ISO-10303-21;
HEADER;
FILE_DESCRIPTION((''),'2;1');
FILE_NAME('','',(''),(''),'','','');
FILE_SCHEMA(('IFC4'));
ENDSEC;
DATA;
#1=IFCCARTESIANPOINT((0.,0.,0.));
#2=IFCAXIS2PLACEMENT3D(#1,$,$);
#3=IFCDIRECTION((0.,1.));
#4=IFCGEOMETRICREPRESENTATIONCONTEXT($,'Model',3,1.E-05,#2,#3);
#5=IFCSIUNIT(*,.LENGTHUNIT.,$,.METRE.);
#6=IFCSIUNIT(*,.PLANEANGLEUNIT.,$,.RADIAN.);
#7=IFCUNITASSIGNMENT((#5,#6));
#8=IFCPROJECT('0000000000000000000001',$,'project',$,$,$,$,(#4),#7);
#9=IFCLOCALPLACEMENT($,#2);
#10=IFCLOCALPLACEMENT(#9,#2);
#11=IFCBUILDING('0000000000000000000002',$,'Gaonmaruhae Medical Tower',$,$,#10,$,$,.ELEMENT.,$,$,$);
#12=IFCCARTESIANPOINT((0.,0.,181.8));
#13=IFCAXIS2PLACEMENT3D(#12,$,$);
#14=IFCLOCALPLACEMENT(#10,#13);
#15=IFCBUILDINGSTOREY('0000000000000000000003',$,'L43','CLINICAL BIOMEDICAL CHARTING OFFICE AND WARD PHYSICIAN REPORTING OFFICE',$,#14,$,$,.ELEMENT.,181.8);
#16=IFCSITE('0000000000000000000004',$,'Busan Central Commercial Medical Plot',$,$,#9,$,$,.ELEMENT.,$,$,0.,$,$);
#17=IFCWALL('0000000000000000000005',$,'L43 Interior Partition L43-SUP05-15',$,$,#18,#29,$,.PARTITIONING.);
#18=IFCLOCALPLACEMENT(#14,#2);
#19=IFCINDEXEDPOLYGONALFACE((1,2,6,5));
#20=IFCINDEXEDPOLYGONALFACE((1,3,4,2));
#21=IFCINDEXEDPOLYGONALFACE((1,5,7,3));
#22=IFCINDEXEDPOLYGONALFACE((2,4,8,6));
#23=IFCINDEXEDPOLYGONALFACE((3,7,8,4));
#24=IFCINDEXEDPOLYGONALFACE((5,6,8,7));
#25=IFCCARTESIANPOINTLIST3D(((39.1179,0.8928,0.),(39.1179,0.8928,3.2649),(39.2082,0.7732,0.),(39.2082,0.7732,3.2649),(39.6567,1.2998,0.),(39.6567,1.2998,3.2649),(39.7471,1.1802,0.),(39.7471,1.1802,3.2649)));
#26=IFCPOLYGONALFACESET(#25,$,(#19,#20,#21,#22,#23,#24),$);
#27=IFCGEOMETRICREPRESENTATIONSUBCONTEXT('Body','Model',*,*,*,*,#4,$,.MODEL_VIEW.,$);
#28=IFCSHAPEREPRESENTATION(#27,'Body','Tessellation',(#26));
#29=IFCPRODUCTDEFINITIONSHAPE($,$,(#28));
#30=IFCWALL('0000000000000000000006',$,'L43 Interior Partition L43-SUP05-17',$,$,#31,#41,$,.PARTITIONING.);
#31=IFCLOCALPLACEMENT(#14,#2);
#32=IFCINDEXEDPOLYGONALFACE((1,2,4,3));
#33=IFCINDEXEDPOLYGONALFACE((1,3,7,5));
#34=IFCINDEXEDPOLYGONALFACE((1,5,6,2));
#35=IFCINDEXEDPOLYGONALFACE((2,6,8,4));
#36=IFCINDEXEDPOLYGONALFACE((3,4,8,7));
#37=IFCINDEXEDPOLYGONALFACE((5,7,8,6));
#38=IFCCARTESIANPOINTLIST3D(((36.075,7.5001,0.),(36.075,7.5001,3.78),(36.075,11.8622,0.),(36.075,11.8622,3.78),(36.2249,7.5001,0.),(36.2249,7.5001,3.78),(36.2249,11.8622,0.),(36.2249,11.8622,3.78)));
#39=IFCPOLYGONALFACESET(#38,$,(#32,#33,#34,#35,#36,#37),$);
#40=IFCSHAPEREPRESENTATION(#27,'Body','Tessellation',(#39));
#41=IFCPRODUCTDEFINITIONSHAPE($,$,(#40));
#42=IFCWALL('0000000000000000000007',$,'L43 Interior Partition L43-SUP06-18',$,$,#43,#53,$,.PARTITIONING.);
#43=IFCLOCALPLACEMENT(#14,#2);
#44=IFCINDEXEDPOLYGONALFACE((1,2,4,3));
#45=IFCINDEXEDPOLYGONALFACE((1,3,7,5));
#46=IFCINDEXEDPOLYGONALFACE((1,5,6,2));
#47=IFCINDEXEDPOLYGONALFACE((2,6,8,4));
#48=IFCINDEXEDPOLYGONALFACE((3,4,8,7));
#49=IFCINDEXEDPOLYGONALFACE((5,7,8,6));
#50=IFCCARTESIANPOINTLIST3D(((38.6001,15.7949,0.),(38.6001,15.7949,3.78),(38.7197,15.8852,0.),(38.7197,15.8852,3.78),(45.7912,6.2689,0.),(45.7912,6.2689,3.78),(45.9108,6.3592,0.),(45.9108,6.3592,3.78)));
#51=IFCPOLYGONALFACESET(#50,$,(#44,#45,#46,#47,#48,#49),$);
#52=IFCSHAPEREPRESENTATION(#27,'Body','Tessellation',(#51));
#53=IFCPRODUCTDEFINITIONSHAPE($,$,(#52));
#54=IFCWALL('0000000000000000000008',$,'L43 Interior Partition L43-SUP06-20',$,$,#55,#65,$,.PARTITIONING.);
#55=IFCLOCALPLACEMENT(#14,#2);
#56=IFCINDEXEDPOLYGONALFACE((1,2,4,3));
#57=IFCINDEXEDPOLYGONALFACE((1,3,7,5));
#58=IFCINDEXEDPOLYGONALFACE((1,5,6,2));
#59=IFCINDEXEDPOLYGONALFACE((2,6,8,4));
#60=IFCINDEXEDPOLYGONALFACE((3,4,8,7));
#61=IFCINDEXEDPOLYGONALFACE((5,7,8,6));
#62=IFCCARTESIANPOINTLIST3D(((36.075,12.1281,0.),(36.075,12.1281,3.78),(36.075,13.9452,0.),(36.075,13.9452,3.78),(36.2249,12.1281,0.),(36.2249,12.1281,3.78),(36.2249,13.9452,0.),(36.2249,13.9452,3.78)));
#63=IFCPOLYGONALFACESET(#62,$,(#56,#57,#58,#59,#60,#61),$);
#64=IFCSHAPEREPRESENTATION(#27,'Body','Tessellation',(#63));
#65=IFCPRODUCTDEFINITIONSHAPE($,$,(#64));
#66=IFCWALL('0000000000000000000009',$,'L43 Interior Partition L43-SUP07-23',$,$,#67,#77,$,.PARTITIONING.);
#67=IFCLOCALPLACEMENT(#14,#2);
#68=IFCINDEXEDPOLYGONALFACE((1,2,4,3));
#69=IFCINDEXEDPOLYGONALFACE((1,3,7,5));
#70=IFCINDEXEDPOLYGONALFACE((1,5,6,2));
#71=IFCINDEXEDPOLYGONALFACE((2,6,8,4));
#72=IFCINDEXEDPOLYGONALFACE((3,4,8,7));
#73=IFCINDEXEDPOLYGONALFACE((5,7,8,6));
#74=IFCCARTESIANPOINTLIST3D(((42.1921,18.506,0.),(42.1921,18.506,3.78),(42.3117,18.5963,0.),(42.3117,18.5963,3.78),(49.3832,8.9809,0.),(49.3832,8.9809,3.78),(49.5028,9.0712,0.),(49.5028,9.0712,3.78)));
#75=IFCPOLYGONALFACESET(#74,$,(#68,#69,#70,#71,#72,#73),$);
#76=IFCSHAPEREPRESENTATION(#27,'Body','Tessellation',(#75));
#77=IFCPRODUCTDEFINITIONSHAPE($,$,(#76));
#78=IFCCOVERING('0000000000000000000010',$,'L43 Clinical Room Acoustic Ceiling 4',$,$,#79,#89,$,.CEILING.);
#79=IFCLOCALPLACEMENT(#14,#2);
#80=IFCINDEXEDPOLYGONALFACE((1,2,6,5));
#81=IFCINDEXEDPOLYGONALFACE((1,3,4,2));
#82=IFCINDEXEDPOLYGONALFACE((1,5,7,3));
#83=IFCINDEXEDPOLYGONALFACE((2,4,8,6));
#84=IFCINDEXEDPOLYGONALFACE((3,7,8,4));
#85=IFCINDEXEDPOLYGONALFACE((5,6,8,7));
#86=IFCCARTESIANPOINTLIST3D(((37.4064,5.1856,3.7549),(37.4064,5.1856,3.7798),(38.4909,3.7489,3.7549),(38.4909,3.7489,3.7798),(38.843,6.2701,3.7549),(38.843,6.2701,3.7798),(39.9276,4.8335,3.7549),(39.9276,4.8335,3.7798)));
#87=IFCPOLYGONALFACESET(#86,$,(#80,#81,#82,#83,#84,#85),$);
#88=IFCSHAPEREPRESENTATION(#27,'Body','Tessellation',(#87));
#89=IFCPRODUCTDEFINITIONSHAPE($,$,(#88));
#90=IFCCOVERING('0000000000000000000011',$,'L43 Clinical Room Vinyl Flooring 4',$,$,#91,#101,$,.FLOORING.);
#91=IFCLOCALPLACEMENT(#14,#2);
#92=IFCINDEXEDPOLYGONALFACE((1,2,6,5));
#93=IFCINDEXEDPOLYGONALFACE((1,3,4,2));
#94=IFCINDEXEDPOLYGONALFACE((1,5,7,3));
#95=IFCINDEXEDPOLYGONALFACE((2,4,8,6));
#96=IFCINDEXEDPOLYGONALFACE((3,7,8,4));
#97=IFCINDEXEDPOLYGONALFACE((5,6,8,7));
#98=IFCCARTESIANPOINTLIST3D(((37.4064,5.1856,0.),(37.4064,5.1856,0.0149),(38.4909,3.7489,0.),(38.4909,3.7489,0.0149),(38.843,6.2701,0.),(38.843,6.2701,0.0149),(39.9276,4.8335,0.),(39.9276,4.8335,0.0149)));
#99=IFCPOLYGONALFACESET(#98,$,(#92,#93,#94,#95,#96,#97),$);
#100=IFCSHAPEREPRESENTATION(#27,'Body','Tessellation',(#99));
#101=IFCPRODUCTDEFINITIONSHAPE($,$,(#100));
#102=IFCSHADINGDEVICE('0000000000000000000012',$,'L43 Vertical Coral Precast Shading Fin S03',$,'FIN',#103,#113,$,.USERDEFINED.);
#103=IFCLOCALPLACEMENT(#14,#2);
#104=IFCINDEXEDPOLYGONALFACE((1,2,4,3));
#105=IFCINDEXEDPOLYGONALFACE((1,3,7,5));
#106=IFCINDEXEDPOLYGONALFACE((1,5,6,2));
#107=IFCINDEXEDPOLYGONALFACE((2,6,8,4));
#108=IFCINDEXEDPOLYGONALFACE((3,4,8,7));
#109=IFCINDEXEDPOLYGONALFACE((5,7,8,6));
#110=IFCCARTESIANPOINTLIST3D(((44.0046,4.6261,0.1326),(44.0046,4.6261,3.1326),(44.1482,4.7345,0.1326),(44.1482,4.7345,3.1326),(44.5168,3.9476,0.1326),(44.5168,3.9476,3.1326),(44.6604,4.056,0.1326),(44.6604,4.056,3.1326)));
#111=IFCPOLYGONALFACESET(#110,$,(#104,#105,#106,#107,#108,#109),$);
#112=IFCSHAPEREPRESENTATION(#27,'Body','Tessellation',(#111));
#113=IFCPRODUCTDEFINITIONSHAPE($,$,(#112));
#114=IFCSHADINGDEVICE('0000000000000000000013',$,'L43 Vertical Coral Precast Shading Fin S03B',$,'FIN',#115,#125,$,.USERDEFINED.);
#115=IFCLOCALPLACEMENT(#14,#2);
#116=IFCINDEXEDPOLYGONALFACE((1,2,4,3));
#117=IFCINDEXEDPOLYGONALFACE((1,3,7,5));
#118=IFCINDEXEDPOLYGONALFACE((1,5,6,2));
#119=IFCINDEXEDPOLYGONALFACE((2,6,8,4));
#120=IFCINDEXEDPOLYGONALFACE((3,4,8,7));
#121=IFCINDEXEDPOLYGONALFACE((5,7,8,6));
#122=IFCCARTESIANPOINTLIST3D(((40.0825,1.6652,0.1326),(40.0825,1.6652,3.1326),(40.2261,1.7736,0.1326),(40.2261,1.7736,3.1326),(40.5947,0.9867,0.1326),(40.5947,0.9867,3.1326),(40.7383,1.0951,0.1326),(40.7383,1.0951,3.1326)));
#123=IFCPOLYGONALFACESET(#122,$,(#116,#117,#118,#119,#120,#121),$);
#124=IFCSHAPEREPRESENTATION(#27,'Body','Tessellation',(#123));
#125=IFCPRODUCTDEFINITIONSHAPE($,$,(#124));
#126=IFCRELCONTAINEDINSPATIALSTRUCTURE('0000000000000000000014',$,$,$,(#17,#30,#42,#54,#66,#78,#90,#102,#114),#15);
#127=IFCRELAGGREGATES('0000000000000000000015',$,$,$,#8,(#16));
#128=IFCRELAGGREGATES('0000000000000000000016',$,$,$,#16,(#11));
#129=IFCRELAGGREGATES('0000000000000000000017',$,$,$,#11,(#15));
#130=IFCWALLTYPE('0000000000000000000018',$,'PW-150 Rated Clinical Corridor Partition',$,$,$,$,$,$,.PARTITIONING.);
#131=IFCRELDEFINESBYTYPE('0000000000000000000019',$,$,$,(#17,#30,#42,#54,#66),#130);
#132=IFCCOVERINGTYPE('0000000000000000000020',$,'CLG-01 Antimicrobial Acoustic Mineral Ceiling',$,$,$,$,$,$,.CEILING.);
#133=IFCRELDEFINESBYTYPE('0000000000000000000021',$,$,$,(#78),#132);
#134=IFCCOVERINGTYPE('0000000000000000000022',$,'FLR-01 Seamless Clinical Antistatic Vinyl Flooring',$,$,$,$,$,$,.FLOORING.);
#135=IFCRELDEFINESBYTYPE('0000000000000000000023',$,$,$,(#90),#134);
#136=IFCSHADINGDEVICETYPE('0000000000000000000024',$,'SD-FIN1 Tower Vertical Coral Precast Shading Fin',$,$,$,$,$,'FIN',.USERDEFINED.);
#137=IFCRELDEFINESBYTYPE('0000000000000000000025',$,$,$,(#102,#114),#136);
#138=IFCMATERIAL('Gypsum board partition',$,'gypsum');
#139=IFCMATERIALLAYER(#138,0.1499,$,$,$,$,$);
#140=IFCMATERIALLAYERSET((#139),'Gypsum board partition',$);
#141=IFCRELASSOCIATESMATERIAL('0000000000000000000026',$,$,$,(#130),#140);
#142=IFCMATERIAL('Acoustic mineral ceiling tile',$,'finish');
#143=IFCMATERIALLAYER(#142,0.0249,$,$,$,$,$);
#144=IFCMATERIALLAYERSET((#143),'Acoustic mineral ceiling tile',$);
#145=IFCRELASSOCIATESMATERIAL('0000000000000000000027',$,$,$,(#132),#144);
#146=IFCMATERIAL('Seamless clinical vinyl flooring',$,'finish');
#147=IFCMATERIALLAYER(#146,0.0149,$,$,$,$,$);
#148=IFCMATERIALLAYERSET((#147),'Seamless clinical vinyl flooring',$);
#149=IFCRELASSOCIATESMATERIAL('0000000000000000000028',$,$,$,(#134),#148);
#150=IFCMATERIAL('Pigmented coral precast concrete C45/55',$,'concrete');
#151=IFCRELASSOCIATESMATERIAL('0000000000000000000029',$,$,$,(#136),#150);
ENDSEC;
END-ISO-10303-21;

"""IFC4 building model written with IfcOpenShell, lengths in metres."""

from ifc_helpers import new_model, si_unit, direction, frame, frame_2d, origin, origin_2d, place, context, subcontext, project, spatial, rectangle, extrude, material, layer, layer_set, type_object, element, save


model = new_model("IFC4")

# Units and contexts
model_context = context("Model", 3, precision=1e-05, world=origin(), true_north=direction((0.0, 1.0)))
body_context = subcontext(model_context, "Body", "Model", "MODEL_VIEW")
ifc_project = project(units=[si_unit("LENGTHUNIT", "METRE"), si_unit("PLANEANGLEUNIT", "RADIAN")], contexts=[model_context])

# Site, building, storey
site_placement = place(None, origin())
site = spatial("IfcSite", under=ifc_project, at=site_placement, Name="Busan Central Commercial Medical Plot", CompositionType="ELEMENT", RefElevation=0.0)
building_placement = place(site_placement, origin())
building = spatial("IfcBuilding", under=site, at=building_placement, Name="Gaonmaruhae Medical Tower", CompositionType="ELEMENT")
storey_placement = place(building_placement, frame((0.0, 0.0, 181.8)))
storey = spatial("IfcBuildingStorey", under=building, at=storey_placement, Name="L43", Description="CLINICAL BIOMEDICAL CHARTING OFFICE AND WARD PHYSICIAN REPORTING OFFICE", CompositionType="ELEMENT", Elevation=181.8)

# Shared definitions
ifc_material_1 = material(Name="Gypsum board partition", Category="gypsum")
ifc_layer_1 = layer(ifc_material_1, 0.1499)
ifc_layer_set_1 = layer_set([ifc_layer_1], Name="Gypsum board partition")
wall_type_1 = type_object("IfcWallType", Name="PW-150 Rated Clinical Corridor Partition", PredefinedType="PARTITIONING", material=ifc_layer_set_1)

# Walls
wall_1_placement = place(storey_placement, frame((39.7019, 1.24, 0.0), z_axis=(0.0, 0.0, 1.0), x_axis=(-0.797956, -0.602715, 0.0)))
element("IfcWall", 1, at=wall_1_placement, inside=storey, type_object=wall_type_1, Name="L43 Interior Partition L43-SUP05-15", PredefinedType="PARTITIONING", context=body_context, shape_type="SweptSolid", body=[
    extrude(rectangle(XDim=0.6753, YDim=0.1499, at=frame_2d((0.3376, 0.0))), origin(), (0.0, 0.0, 1.0), 3.2649),
])
wall_2_placement = place(storey_placement, frame((36.1499, 7.5, 0.0), z_axis=(0.0, 0.0, 1.0), x_axis=(0.0, 1.0, 0.0)))
element("IfcWall", 2, at=wall_2_placement, inside=storey, type_object=wall_type_1, Name="L43 Interior Partition L43-SUP05-17", PredefinedType="PARTITIONING", context=body_context, shape_type="SweptSolid", body=[
    extrude(rectangle(XDim=4.3621, YDim=0.1499, at=frame_2d((2.1812, 0.0))), origin(), (0.0, 0.0, 1.0), 3.78),
])
wall_3_placement = place(storey_placement, frame((38.6599, 15.8401, 0.0), z_axis=(0.0, 0.0, 1.0), x_axis=(0.602494, -0.798123, 0.0)))
element("IfcWall", 3, at=wall_3_placement, inside=storey, type_object=wall_type_1, Name="L43 Interior Partition L43-SUP06-18", PredefinedType="PARTITIONING", context=body_context, shape_type="SweptSolid", body=[
    extrude(rectangle(XDim=11.9355, YDim=0.1499, at=frame_2d((5.9678, 0.0))), origin(), (0.0, 0.0, 1.0), 3.78),
])
wall_4_placement = place(storey_placement, frame((36.1499, 12.1279, 0.0), z_axis=(0.0, 0.0, 1.0), x_axis=(0.0, 1.0, 0.0)))
element("IfcWall", 4, at=wall_4_placement, inside=storey, type_object=wall_type_1, Name="L43 Interior Partition L43-SUP06-20", PredefinedType="PARTITIONING", context=body_context, shape_type="SweptSolid", body=[
    extrude(rectangle(XDim=1.8171, YDim=0.1499, at=frame_2d((0.9087, 0.0))), origin(), (0.0, 0.0, 1.0), 3.78),
])

# Wall
wall_5_placement = place(storey_placement, frame((42.252, 18.551, 0.0), z_axis=(0.0, 0.0, 1.0), x_axis=(0.602534, -0.798094, 0.0)))
element("IfcWall", 5, at=wall_5_placement, inside=storey, type_object=wall_type_1, Name="L43 Interior Partition L43-SUP07-23", PredefinedType="PARTITIONING", context=body_context, shape_type="SweptSolid", body=[
    extrude(rectangle(XDim=11.9348, YDim=0.1499, at=frame_2d((5.9673, 0.0))), origin(), (0.0, 0.0, 1.0), 3.78),
])

# Coverings
ifc_material_2 = material(Name="Acoustic mineral ceiling tile", Category="finish")
ifc_layer_2 = layer(ifc_material_2, 0.0249)
ifc_layer_set_2 = layer_set([ifc_layer_2], Name="Acoustic mineral ceiling tile")
covering_type_1 = type_object("IfcCoveringType", Name="CLG-01 Antimicrobial Acoustic Mineral Ceiling", PredefinedType="CEILING", material=ifc_layer_set_2)
covering_1_placement = place(storey_placement, frame((38.667, 5.0095, 3.7549), z_axis=(0.0, 0.0, 1.0), x_axis=(0.79811, 0.602512, 0.0)))
element("IfcCovering", 6, at=covering_1_placement, inside=storey, type_object=covering_type_1, Name="L43 Clinical Room Acoustic Ceiling 4", PredefinedType="CEILING", context=body_context, shape_type="SweptSolid", body=[
    extrude(rectangle(XDim=1.8, YDim=1.8, at=origin_2d()), origin(), (0.0, 0.0, 1.0), 0.0249),
])
ifc_material_3 = material(Name="Seamless clinical vinyl flooring", Category="finish")
ifc_layer_3 = layer(ifc_material_3, 0.0149)
ifc_layer_set_3 = layer_set([ifc_layer_3], Name="Seamless clinical vinyl flooring")
covering_type_2 = type_object("IfcCoveringType", Name="FLR-01 Seamless Clinical Antistatic Vinyl Flooring", PredefinedType="FLOORING", material=ifc_layer_set_3)
covering_2_placement = place(storey_placement, frame((38.667, 5.0095, 0.0), z_axis=(0.0, 0.0, 1.0), x_axis=(0.79811, 0.602512, 0.0)))
element("IfcCovering", 7, at=covering_2_placement, inside=storey, type_object=covering_type_2, Name="L43 Clinical Room Vinyl Flooring 4", PredefinedType="FLOORING", context=body_context, shape_type="SweptSolid", body=[
    extrude(rectangle(XDim=1.8, YDim=1.8, at=origin_2d()), origin(), (0.0, 0.0, 1.0), 0.0149),
])

# Shading devices
ifc_material_4 = material(Name="Pigmented coral precast concrete C45/55", Category="concrete")
shading_device_type = type_object("IfcShadingDeviceType", Name="SD-FIN1 Tower Vertical Coral Precast Shading Fin", ElementType="FIN", PredefinedType="USERDEFINED", material=ifc_material_4)
for number, where, z_axis, x_axis, name in (
    (8, (44.3325, 4.3411, 0.1326), (0.0, 0.0, 1.0), (-0.79811, -0.602512, 0.0), "L43 Vertical Coral Precast Shading Fin S03"),
    (9, (40.4104, 1.3801, 0.1326), (0.0, 0.0, 1.0), (-0.79811, -0.602512, 0.0), "L43 Vertical Coral Precast Shading Fin S03B"),
):
    element("IfcShadingDevice", number, at=place(storey_placement, frame(where, z_axis=z_axis, x_axis=x_axis)), inside=storey, type_object=shading_device_type, Name=name, ObjectType="FIN", PredefinedType="USERDEFINED", context=body_context, shape_type="SweptSolid", body=[
        extrude(rectangle(XDim=0.1799, YDim=0.8501, at=origin_2d()), origin(), (0.0, 0.0, 1.0), 3.0),
    ])

save(model, "model.ifc")
